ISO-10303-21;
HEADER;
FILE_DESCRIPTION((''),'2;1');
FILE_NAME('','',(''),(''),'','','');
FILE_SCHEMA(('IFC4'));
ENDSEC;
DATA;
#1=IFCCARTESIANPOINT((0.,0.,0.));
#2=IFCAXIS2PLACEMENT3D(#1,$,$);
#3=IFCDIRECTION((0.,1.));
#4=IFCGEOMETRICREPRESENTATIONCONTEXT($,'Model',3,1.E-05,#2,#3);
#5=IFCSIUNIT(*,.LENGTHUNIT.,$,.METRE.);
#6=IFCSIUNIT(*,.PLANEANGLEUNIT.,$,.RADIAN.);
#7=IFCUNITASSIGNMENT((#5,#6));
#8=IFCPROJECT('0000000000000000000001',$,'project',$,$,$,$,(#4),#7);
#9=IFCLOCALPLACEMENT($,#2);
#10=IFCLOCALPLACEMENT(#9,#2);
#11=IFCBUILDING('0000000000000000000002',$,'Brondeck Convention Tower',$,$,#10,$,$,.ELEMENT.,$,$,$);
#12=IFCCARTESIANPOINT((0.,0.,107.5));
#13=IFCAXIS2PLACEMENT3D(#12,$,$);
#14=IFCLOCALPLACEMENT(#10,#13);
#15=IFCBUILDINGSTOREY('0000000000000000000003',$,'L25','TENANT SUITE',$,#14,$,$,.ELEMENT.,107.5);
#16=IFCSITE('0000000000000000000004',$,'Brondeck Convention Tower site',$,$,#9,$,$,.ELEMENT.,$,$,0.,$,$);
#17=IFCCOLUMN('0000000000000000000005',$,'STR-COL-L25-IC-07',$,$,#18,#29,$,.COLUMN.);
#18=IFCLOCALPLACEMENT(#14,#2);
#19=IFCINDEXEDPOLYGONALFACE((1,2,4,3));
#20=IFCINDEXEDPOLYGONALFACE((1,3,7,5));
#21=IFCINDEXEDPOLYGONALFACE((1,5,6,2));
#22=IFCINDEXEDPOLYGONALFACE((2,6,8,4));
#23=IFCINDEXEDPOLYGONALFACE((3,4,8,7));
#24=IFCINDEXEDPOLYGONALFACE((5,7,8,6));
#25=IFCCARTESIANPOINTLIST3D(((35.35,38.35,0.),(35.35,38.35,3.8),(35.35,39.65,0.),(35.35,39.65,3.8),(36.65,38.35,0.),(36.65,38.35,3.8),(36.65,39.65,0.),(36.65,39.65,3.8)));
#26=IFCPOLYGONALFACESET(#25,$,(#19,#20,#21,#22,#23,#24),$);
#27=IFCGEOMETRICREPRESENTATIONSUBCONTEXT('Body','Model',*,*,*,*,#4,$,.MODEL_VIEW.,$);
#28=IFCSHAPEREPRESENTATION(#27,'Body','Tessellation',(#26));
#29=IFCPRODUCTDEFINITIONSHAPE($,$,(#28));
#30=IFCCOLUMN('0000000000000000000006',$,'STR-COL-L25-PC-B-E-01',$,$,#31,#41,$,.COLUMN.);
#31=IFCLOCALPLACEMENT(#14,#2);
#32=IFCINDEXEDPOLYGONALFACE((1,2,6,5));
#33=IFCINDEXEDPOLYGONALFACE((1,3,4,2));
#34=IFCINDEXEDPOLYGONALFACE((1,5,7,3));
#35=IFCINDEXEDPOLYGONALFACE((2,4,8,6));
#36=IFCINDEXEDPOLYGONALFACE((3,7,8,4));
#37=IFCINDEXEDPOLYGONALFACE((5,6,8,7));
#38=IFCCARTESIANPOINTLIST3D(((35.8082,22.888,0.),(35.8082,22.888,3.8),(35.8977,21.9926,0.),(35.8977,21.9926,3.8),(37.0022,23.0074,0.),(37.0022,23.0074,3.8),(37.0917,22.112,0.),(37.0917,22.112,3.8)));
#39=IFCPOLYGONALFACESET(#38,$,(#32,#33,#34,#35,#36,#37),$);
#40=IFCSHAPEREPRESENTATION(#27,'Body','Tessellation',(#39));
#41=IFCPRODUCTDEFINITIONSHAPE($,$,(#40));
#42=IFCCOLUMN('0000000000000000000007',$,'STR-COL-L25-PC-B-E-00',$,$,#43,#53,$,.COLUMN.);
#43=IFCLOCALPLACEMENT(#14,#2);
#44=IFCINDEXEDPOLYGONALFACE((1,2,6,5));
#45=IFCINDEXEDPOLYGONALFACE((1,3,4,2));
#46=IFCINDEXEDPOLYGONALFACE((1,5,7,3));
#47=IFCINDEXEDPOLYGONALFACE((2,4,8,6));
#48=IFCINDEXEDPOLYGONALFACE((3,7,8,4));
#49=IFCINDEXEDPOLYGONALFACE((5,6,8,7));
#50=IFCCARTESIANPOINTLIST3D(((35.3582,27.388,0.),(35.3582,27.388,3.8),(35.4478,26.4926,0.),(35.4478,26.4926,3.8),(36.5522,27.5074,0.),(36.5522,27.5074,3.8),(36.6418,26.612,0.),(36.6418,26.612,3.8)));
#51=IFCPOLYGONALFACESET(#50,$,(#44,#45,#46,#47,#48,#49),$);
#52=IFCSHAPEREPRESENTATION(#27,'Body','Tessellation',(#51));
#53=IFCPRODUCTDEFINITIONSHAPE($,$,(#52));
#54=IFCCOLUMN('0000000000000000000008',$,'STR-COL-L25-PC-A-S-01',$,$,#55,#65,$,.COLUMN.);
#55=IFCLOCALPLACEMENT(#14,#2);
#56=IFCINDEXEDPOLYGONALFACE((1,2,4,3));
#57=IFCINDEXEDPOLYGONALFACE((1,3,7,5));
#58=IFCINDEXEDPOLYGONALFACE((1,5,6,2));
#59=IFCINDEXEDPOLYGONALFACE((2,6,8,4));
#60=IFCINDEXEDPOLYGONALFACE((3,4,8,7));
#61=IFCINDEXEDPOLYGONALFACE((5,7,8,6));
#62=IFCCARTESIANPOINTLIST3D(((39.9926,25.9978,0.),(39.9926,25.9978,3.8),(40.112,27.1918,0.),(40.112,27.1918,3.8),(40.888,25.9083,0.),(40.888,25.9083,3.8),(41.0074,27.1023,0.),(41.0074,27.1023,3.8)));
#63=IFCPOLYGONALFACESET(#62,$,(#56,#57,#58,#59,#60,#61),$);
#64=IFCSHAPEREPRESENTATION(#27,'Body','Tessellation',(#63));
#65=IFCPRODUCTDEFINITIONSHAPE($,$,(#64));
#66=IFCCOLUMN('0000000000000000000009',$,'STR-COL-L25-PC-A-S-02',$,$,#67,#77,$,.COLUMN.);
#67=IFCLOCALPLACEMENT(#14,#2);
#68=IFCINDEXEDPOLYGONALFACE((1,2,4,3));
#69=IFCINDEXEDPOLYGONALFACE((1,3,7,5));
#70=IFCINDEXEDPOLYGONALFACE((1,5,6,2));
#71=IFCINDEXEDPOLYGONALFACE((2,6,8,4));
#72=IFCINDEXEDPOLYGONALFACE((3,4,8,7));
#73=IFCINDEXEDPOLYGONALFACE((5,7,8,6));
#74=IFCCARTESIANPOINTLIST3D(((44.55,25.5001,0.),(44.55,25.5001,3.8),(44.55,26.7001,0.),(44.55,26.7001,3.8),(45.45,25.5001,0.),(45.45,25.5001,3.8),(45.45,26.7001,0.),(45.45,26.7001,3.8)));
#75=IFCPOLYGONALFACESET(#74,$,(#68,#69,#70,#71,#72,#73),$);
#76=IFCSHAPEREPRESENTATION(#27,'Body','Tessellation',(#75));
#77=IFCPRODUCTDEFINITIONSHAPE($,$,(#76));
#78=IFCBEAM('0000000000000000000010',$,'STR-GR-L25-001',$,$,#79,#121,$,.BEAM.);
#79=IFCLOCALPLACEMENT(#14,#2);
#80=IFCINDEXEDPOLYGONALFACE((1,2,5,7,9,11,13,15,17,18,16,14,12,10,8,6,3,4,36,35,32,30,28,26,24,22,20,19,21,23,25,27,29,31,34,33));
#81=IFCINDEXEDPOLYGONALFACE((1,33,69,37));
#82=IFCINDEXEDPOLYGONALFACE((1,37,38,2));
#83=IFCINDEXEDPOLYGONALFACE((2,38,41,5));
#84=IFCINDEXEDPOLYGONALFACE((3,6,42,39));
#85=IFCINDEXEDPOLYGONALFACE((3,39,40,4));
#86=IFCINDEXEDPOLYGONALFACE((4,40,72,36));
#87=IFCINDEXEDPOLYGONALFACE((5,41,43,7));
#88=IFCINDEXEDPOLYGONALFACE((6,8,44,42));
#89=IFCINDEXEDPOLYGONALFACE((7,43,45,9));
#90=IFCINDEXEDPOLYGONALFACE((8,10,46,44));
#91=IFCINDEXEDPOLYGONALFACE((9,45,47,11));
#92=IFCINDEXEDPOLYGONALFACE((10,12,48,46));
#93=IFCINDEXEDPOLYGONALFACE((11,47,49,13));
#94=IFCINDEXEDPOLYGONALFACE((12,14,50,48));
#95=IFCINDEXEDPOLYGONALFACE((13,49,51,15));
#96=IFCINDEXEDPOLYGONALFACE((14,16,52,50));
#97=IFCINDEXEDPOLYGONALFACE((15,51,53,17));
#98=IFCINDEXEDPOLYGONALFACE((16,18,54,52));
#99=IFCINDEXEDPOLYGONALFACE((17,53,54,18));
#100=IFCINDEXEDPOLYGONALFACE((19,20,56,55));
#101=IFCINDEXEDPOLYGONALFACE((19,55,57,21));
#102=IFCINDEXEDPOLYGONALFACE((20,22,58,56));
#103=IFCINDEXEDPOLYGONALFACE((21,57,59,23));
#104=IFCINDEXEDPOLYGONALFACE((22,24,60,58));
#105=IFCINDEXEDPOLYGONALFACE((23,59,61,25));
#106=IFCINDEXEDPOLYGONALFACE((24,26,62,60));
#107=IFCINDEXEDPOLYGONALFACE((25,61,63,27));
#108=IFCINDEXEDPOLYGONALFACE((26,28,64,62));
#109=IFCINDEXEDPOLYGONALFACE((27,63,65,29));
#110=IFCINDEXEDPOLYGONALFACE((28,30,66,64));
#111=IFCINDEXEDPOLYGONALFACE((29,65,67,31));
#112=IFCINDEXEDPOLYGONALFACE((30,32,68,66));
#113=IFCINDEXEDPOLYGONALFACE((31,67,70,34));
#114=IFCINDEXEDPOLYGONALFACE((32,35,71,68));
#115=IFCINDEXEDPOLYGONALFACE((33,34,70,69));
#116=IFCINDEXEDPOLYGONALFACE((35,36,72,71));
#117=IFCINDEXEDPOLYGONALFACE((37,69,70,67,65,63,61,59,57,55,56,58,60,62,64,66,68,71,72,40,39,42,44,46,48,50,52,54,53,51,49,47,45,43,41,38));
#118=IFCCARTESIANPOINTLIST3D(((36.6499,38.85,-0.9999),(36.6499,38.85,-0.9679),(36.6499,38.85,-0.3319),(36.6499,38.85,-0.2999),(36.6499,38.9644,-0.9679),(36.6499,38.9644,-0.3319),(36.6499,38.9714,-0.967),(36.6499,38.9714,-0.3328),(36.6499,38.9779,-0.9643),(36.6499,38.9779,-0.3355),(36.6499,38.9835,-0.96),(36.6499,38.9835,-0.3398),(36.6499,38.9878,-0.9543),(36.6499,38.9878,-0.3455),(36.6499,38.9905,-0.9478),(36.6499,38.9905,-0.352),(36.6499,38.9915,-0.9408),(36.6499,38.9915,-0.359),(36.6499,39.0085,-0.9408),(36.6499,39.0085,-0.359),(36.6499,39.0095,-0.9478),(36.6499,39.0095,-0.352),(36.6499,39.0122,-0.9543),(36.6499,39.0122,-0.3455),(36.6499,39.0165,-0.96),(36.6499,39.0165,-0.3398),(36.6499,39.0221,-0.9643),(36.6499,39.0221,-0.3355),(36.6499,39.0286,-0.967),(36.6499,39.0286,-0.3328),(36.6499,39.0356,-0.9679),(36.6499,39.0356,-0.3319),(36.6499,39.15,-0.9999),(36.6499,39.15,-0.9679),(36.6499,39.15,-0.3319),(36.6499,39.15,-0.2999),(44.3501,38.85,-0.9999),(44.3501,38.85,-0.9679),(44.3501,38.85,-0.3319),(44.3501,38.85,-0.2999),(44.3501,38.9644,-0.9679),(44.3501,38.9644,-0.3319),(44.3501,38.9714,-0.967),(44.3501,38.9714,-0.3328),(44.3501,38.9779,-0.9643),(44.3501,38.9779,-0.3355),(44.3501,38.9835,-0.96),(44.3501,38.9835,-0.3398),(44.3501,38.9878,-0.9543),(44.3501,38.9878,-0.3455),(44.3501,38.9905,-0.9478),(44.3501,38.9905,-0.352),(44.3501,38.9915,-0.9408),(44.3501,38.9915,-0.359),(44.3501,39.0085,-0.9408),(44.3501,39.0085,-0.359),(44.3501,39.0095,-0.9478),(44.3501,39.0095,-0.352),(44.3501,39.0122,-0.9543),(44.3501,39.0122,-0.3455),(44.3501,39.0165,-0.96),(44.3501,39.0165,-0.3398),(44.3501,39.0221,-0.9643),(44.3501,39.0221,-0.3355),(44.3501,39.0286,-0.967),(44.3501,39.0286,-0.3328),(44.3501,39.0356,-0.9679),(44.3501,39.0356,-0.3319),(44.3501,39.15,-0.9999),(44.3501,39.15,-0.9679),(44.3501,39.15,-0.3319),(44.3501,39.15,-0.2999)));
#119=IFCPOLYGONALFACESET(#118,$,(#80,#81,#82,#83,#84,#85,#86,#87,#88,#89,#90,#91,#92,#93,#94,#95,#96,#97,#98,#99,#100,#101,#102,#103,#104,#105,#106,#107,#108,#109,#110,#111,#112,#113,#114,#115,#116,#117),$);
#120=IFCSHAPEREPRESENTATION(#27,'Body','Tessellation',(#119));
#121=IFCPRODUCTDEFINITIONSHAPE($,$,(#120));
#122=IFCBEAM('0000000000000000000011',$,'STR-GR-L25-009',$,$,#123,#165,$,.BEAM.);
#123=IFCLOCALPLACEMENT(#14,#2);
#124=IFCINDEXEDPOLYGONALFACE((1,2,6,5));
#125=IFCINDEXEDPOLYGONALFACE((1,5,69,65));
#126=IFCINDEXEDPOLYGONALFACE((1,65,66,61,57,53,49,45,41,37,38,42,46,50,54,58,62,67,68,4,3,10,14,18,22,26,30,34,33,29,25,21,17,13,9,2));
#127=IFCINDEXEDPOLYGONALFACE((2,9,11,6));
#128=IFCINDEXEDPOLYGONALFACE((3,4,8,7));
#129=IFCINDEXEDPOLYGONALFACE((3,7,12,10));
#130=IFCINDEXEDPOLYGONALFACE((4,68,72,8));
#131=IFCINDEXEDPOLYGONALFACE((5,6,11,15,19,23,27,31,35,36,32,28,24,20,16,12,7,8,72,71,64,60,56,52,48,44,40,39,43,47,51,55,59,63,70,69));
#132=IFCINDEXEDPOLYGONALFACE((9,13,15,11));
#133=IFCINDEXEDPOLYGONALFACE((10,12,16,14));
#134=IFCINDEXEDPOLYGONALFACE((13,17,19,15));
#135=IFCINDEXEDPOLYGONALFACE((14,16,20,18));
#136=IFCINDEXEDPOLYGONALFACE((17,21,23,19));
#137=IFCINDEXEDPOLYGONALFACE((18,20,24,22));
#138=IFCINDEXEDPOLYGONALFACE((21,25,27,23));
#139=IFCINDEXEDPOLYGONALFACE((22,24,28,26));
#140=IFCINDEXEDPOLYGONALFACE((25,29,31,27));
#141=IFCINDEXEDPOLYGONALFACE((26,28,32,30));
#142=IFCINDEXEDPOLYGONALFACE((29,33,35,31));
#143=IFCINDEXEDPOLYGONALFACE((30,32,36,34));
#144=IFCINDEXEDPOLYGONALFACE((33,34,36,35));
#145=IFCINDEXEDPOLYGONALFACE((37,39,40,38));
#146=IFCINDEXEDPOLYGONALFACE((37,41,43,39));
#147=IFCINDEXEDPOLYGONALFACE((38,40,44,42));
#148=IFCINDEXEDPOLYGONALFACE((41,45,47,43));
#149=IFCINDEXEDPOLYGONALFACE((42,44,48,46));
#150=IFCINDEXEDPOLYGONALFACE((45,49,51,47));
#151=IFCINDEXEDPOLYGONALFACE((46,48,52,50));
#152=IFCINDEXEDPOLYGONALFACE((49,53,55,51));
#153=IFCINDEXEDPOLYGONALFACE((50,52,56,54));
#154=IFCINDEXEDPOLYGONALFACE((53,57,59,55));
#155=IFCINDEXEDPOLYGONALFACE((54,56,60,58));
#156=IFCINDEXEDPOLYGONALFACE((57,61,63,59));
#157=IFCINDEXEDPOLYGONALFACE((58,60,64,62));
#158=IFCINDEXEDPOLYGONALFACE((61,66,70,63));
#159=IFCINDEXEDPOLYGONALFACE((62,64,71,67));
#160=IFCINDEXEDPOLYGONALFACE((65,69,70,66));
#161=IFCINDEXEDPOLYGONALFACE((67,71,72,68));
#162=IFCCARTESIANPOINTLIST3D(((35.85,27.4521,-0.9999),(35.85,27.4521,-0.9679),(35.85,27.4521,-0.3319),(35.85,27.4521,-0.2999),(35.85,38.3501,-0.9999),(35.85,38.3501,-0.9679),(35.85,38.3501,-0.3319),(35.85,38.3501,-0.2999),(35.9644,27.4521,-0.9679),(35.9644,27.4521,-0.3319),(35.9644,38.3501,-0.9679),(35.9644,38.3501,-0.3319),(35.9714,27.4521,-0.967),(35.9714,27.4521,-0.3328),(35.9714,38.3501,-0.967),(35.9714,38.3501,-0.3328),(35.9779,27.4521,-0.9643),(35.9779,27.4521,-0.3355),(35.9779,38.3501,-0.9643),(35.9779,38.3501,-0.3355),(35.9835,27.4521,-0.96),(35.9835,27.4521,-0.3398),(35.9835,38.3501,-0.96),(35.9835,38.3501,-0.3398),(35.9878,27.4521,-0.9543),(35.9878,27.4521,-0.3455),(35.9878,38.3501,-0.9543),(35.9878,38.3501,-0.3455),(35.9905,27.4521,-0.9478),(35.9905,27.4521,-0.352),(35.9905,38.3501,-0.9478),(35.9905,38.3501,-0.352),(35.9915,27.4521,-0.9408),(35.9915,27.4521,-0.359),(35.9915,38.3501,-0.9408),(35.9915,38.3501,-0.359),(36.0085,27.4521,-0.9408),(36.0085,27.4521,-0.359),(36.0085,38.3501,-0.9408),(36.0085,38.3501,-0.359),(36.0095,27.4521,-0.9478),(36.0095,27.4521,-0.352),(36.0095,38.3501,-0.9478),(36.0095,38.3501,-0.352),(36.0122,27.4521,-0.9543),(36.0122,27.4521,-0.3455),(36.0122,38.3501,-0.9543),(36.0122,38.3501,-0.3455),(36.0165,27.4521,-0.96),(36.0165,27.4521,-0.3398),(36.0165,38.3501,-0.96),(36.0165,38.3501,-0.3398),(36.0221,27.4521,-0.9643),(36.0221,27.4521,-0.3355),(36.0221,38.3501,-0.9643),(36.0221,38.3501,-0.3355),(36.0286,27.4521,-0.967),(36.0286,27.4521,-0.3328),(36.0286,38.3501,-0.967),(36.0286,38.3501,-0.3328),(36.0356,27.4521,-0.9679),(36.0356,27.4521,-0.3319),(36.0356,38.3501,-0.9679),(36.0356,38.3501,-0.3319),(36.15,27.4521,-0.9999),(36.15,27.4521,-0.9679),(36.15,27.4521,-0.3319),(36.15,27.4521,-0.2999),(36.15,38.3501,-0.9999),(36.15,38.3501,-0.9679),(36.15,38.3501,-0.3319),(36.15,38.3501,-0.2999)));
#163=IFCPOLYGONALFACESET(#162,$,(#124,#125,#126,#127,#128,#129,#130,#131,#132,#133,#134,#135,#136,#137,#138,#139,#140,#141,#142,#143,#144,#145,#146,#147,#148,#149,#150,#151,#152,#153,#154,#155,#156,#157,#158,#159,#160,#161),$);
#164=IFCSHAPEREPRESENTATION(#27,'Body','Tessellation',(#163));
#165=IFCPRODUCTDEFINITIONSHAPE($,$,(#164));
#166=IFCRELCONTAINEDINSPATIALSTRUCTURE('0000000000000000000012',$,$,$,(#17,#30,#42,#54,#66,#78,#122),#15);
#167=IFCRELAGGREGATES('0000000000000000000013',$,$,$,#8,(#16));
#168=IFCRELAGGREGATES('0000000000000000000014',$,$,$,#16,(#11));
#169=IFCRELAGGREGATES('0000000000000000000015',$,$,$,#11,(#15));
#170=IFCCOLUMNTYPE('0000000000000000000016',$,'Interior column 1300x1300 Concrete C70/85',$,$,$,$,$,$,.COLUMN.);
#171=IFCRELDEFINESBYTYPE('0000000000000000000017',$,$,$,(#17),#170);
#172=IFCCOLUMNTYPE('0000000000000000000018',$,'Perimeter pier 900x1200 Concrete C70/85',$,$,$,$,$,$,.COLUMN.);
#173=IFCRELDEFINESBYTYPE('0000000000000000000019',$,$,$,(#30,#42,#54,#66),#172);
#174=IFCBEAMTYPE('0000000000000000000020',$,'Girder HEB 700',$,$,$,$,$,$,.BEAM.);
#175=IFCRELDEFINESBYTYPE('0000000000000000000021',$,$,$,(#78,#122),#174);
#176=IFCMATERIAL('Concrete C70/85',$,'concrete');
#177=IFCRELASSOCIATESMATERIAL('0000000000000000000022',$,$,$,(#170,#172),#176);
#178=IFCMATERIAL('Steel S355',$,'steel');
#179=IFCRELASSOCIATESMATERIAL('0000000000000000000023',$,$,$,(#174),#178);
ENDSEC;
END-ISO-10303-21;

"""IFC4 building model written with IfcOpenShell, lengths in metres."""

from ifc_helpers import new_model, si_unit, direction, frame, origin, origin_2d, place, context, subcontext, project, spatial, rectangle, i_section, extrude, material, material_profile, profile_set, type_object, element, save


model = new_model("IFC4")

# Units and contexts
model_context = context("Model", 3, precision=1e-05, world=origin(), true_north=direction((0.0, 1.0)))
body_context = subcontext(model_context, "Body", "Model", "MODEL_VIEW")
ifc_project = project(units=[si_unit("LENGTHUNIT", "METRE"), si_unit("PLANEANGLEUNIT", "RADIAN")], contexts=[model_context])

# Site, building, storey
site_placement = place(None, origin())
site = spatial("IfcSite", under=ifc_project, at=site_placement, Name="Brondeck Convention Tower site", CompositionType="ELEMENT", RefElevation=0.0)
building_placement = place(site_placement, origin())
building = spatial("IfcBuilding", under=site, at=building_placement, Name="Brondeck Convention Tower", CompositionType="ELEMENT")
storey_placement = place(building_placement, frame((0.0, 0.0, 107.5)))
storey = spatial("IfcBuildingStorey", under=building, at=storey_placement, Name="L25", Description="TENANT SUITE", CompositionType="ELEMENT", Elevation=107.5)

# Columns
ifc_material_1 = material(Name="Concrete C70/85", Category="concrete")
ifc_material_profile_1 = material_profile(ifc_material_1, rectangle(XDim=1.3, YDim=1.3, at=origin_2d()), Name="Interior column 1300x1300 Concrete C70/85")
ifc_profile_set_1 = profile_set([ifc_material_profile_1], Name="Concrete C70/85")
column_type_1 = type_object("IfcColumnType", Name="Interior column 1300x1300 Concrete C70/85", PredefinedType="COLUMN", material=ifc_profile_set_1)
column_placement = place(storey_placement, frame((36.0, 39.0, 0.0), z_axis=(0.0, 0.0, 1.0), x_axis=(1.0, 0.0, 0.0)))
element("IfcColumn", 1, at=column_placement, inside=storey, type_object=column_type_1, Name="STR-COL-L25-IC-07", PredefinedType="COLUMN", context=body_context, shape_type="SweptSolid", body=[
    extrude(rectangle(XDim=1.3, YDim=1.3, at=origin_2d()), origin(), (0.0, 0.0, 1.0), 3.8),
])
ifc_material_profile_2 = material_profile(ifc_material_1, rectangle(XDim=0.8999, YDim=1.2, at=origin_2d()), Name="Perimeter pier 900x1200 Concrete C70/85")
ifc_profile_set_2 = profile_set([ifc_material_profile_2], Name="Concrete C70/85")
column_type_2 = type_object("IfcColumnType", Name="Perimeter pier 900x1200 Concrete C70/85", PredefinedType="COLUMN", material=ifc_profile_set_2)
for number, where, z_axis, x_axis, name in (
    (2, (36.45, 22.5, 0.0), (0.0, 0.0, 1.0), (-0.099504, 0.995037, 0.0), "STR-COL-L25-PC-B-E-01"),
    (3, (36.0, 27.0, 0.0), (0.0, 0.0, 1.0), (-0.099504, 0.995037, 0.0), "STR-COL-L25-PC-B-E-00"),
    (4, (40.5, 26.55, 0.0), (0.0, 0.0, 1.0), (0.995037, -0.099504, 0.0), "STR-COL-L25-PC-A-S-01"),
    (5, (45.0, 26.1001, 0.0), (0.0, 0.0, 1.0), (1.0, 0.0, 0.0), "STR-COL-L25-PC-A-S-02"),
):
    element("IfcColumn", number, at=place(storey_placement, frame(where, z_axis=z_axis, x_axis=x_axis)), inside=storey, type_object=column_type_2, Name=name, PredefinedType="COLUMN", context=body_context, shape_type="SweptSolid", body=[
        extrude(rectangle(XDim=0.8999, YDim=1.2, at=origin_2d()), origin(), (0.0, 0.0, 1.0), 3.8),
    ])

# Beams
ifc_material_2 = material(Name="Steel S355", Category="steel")
ifc_material_profile_3 = material_profile(ifc_material_2, i_section(OverallWidth=0.3, OverallDepth=0.7, WebThickness=0.0171, FlangeThickness=0.032, FilletRadius=0.0271, at=origin_2d()), Name="HEB 700")
ifc_profile_set_3 = profile_set([ifc_material_profile_3], Name="Steel S355")
beam_type_1 = type_object("IfcBeamType", Name="Girder HEB 700", PredefinedType="BEAM", material=ifc_profile_set_3)
beam_1_placement = place(storey_placement, frame((36.6499, 39.0, -0.6499), z_axis=(1.0, 0.0, 0.0), x_axis=(0.0, 1.0, 0.0)))
element("IfcBeam", 6, at=beam_1_placement, inside=storey, type_object=beam_type_1, Name="STR-GR-L25-001", PredefinedType="BEAM", context=body_context, shape_type="SweptSolid", body=[
    extrude(i_section(OverallWidth=0.3, OverallDepth=0.7, WebThickness=0.0171, FlangeThickness=0.032, FilletRadius=0.0271, at=origin_2d()), origin(), (0.0, 0.0, 1.0), 7.7002),
])
beam_2_placement = place(storey_placement, frame((36.0, 27.4521, -0.6499), z_axis=(0.0, 1.0, 0.0), x_axis=(-1.0, 0.0, 0.0)))
element("IfcBeam", 7, at=beam_2_placement, inside=storey, type_object=beam_type_1, Name="STR-GR-L25-009", PredefinedType="BEAM", context=body_context, shape_type="SweptSolid", body=[
    extrude(i_section(OverallWidth=0.3, OverallDepth=0.7, WebThickness=0.0171, FlangeThickness=0.032, FilletRadius=0.0271, at=origin_2d()), origin(), (0.0, 0.0, 1.0), 10.8979),
])

save(model, "model.ifc")
